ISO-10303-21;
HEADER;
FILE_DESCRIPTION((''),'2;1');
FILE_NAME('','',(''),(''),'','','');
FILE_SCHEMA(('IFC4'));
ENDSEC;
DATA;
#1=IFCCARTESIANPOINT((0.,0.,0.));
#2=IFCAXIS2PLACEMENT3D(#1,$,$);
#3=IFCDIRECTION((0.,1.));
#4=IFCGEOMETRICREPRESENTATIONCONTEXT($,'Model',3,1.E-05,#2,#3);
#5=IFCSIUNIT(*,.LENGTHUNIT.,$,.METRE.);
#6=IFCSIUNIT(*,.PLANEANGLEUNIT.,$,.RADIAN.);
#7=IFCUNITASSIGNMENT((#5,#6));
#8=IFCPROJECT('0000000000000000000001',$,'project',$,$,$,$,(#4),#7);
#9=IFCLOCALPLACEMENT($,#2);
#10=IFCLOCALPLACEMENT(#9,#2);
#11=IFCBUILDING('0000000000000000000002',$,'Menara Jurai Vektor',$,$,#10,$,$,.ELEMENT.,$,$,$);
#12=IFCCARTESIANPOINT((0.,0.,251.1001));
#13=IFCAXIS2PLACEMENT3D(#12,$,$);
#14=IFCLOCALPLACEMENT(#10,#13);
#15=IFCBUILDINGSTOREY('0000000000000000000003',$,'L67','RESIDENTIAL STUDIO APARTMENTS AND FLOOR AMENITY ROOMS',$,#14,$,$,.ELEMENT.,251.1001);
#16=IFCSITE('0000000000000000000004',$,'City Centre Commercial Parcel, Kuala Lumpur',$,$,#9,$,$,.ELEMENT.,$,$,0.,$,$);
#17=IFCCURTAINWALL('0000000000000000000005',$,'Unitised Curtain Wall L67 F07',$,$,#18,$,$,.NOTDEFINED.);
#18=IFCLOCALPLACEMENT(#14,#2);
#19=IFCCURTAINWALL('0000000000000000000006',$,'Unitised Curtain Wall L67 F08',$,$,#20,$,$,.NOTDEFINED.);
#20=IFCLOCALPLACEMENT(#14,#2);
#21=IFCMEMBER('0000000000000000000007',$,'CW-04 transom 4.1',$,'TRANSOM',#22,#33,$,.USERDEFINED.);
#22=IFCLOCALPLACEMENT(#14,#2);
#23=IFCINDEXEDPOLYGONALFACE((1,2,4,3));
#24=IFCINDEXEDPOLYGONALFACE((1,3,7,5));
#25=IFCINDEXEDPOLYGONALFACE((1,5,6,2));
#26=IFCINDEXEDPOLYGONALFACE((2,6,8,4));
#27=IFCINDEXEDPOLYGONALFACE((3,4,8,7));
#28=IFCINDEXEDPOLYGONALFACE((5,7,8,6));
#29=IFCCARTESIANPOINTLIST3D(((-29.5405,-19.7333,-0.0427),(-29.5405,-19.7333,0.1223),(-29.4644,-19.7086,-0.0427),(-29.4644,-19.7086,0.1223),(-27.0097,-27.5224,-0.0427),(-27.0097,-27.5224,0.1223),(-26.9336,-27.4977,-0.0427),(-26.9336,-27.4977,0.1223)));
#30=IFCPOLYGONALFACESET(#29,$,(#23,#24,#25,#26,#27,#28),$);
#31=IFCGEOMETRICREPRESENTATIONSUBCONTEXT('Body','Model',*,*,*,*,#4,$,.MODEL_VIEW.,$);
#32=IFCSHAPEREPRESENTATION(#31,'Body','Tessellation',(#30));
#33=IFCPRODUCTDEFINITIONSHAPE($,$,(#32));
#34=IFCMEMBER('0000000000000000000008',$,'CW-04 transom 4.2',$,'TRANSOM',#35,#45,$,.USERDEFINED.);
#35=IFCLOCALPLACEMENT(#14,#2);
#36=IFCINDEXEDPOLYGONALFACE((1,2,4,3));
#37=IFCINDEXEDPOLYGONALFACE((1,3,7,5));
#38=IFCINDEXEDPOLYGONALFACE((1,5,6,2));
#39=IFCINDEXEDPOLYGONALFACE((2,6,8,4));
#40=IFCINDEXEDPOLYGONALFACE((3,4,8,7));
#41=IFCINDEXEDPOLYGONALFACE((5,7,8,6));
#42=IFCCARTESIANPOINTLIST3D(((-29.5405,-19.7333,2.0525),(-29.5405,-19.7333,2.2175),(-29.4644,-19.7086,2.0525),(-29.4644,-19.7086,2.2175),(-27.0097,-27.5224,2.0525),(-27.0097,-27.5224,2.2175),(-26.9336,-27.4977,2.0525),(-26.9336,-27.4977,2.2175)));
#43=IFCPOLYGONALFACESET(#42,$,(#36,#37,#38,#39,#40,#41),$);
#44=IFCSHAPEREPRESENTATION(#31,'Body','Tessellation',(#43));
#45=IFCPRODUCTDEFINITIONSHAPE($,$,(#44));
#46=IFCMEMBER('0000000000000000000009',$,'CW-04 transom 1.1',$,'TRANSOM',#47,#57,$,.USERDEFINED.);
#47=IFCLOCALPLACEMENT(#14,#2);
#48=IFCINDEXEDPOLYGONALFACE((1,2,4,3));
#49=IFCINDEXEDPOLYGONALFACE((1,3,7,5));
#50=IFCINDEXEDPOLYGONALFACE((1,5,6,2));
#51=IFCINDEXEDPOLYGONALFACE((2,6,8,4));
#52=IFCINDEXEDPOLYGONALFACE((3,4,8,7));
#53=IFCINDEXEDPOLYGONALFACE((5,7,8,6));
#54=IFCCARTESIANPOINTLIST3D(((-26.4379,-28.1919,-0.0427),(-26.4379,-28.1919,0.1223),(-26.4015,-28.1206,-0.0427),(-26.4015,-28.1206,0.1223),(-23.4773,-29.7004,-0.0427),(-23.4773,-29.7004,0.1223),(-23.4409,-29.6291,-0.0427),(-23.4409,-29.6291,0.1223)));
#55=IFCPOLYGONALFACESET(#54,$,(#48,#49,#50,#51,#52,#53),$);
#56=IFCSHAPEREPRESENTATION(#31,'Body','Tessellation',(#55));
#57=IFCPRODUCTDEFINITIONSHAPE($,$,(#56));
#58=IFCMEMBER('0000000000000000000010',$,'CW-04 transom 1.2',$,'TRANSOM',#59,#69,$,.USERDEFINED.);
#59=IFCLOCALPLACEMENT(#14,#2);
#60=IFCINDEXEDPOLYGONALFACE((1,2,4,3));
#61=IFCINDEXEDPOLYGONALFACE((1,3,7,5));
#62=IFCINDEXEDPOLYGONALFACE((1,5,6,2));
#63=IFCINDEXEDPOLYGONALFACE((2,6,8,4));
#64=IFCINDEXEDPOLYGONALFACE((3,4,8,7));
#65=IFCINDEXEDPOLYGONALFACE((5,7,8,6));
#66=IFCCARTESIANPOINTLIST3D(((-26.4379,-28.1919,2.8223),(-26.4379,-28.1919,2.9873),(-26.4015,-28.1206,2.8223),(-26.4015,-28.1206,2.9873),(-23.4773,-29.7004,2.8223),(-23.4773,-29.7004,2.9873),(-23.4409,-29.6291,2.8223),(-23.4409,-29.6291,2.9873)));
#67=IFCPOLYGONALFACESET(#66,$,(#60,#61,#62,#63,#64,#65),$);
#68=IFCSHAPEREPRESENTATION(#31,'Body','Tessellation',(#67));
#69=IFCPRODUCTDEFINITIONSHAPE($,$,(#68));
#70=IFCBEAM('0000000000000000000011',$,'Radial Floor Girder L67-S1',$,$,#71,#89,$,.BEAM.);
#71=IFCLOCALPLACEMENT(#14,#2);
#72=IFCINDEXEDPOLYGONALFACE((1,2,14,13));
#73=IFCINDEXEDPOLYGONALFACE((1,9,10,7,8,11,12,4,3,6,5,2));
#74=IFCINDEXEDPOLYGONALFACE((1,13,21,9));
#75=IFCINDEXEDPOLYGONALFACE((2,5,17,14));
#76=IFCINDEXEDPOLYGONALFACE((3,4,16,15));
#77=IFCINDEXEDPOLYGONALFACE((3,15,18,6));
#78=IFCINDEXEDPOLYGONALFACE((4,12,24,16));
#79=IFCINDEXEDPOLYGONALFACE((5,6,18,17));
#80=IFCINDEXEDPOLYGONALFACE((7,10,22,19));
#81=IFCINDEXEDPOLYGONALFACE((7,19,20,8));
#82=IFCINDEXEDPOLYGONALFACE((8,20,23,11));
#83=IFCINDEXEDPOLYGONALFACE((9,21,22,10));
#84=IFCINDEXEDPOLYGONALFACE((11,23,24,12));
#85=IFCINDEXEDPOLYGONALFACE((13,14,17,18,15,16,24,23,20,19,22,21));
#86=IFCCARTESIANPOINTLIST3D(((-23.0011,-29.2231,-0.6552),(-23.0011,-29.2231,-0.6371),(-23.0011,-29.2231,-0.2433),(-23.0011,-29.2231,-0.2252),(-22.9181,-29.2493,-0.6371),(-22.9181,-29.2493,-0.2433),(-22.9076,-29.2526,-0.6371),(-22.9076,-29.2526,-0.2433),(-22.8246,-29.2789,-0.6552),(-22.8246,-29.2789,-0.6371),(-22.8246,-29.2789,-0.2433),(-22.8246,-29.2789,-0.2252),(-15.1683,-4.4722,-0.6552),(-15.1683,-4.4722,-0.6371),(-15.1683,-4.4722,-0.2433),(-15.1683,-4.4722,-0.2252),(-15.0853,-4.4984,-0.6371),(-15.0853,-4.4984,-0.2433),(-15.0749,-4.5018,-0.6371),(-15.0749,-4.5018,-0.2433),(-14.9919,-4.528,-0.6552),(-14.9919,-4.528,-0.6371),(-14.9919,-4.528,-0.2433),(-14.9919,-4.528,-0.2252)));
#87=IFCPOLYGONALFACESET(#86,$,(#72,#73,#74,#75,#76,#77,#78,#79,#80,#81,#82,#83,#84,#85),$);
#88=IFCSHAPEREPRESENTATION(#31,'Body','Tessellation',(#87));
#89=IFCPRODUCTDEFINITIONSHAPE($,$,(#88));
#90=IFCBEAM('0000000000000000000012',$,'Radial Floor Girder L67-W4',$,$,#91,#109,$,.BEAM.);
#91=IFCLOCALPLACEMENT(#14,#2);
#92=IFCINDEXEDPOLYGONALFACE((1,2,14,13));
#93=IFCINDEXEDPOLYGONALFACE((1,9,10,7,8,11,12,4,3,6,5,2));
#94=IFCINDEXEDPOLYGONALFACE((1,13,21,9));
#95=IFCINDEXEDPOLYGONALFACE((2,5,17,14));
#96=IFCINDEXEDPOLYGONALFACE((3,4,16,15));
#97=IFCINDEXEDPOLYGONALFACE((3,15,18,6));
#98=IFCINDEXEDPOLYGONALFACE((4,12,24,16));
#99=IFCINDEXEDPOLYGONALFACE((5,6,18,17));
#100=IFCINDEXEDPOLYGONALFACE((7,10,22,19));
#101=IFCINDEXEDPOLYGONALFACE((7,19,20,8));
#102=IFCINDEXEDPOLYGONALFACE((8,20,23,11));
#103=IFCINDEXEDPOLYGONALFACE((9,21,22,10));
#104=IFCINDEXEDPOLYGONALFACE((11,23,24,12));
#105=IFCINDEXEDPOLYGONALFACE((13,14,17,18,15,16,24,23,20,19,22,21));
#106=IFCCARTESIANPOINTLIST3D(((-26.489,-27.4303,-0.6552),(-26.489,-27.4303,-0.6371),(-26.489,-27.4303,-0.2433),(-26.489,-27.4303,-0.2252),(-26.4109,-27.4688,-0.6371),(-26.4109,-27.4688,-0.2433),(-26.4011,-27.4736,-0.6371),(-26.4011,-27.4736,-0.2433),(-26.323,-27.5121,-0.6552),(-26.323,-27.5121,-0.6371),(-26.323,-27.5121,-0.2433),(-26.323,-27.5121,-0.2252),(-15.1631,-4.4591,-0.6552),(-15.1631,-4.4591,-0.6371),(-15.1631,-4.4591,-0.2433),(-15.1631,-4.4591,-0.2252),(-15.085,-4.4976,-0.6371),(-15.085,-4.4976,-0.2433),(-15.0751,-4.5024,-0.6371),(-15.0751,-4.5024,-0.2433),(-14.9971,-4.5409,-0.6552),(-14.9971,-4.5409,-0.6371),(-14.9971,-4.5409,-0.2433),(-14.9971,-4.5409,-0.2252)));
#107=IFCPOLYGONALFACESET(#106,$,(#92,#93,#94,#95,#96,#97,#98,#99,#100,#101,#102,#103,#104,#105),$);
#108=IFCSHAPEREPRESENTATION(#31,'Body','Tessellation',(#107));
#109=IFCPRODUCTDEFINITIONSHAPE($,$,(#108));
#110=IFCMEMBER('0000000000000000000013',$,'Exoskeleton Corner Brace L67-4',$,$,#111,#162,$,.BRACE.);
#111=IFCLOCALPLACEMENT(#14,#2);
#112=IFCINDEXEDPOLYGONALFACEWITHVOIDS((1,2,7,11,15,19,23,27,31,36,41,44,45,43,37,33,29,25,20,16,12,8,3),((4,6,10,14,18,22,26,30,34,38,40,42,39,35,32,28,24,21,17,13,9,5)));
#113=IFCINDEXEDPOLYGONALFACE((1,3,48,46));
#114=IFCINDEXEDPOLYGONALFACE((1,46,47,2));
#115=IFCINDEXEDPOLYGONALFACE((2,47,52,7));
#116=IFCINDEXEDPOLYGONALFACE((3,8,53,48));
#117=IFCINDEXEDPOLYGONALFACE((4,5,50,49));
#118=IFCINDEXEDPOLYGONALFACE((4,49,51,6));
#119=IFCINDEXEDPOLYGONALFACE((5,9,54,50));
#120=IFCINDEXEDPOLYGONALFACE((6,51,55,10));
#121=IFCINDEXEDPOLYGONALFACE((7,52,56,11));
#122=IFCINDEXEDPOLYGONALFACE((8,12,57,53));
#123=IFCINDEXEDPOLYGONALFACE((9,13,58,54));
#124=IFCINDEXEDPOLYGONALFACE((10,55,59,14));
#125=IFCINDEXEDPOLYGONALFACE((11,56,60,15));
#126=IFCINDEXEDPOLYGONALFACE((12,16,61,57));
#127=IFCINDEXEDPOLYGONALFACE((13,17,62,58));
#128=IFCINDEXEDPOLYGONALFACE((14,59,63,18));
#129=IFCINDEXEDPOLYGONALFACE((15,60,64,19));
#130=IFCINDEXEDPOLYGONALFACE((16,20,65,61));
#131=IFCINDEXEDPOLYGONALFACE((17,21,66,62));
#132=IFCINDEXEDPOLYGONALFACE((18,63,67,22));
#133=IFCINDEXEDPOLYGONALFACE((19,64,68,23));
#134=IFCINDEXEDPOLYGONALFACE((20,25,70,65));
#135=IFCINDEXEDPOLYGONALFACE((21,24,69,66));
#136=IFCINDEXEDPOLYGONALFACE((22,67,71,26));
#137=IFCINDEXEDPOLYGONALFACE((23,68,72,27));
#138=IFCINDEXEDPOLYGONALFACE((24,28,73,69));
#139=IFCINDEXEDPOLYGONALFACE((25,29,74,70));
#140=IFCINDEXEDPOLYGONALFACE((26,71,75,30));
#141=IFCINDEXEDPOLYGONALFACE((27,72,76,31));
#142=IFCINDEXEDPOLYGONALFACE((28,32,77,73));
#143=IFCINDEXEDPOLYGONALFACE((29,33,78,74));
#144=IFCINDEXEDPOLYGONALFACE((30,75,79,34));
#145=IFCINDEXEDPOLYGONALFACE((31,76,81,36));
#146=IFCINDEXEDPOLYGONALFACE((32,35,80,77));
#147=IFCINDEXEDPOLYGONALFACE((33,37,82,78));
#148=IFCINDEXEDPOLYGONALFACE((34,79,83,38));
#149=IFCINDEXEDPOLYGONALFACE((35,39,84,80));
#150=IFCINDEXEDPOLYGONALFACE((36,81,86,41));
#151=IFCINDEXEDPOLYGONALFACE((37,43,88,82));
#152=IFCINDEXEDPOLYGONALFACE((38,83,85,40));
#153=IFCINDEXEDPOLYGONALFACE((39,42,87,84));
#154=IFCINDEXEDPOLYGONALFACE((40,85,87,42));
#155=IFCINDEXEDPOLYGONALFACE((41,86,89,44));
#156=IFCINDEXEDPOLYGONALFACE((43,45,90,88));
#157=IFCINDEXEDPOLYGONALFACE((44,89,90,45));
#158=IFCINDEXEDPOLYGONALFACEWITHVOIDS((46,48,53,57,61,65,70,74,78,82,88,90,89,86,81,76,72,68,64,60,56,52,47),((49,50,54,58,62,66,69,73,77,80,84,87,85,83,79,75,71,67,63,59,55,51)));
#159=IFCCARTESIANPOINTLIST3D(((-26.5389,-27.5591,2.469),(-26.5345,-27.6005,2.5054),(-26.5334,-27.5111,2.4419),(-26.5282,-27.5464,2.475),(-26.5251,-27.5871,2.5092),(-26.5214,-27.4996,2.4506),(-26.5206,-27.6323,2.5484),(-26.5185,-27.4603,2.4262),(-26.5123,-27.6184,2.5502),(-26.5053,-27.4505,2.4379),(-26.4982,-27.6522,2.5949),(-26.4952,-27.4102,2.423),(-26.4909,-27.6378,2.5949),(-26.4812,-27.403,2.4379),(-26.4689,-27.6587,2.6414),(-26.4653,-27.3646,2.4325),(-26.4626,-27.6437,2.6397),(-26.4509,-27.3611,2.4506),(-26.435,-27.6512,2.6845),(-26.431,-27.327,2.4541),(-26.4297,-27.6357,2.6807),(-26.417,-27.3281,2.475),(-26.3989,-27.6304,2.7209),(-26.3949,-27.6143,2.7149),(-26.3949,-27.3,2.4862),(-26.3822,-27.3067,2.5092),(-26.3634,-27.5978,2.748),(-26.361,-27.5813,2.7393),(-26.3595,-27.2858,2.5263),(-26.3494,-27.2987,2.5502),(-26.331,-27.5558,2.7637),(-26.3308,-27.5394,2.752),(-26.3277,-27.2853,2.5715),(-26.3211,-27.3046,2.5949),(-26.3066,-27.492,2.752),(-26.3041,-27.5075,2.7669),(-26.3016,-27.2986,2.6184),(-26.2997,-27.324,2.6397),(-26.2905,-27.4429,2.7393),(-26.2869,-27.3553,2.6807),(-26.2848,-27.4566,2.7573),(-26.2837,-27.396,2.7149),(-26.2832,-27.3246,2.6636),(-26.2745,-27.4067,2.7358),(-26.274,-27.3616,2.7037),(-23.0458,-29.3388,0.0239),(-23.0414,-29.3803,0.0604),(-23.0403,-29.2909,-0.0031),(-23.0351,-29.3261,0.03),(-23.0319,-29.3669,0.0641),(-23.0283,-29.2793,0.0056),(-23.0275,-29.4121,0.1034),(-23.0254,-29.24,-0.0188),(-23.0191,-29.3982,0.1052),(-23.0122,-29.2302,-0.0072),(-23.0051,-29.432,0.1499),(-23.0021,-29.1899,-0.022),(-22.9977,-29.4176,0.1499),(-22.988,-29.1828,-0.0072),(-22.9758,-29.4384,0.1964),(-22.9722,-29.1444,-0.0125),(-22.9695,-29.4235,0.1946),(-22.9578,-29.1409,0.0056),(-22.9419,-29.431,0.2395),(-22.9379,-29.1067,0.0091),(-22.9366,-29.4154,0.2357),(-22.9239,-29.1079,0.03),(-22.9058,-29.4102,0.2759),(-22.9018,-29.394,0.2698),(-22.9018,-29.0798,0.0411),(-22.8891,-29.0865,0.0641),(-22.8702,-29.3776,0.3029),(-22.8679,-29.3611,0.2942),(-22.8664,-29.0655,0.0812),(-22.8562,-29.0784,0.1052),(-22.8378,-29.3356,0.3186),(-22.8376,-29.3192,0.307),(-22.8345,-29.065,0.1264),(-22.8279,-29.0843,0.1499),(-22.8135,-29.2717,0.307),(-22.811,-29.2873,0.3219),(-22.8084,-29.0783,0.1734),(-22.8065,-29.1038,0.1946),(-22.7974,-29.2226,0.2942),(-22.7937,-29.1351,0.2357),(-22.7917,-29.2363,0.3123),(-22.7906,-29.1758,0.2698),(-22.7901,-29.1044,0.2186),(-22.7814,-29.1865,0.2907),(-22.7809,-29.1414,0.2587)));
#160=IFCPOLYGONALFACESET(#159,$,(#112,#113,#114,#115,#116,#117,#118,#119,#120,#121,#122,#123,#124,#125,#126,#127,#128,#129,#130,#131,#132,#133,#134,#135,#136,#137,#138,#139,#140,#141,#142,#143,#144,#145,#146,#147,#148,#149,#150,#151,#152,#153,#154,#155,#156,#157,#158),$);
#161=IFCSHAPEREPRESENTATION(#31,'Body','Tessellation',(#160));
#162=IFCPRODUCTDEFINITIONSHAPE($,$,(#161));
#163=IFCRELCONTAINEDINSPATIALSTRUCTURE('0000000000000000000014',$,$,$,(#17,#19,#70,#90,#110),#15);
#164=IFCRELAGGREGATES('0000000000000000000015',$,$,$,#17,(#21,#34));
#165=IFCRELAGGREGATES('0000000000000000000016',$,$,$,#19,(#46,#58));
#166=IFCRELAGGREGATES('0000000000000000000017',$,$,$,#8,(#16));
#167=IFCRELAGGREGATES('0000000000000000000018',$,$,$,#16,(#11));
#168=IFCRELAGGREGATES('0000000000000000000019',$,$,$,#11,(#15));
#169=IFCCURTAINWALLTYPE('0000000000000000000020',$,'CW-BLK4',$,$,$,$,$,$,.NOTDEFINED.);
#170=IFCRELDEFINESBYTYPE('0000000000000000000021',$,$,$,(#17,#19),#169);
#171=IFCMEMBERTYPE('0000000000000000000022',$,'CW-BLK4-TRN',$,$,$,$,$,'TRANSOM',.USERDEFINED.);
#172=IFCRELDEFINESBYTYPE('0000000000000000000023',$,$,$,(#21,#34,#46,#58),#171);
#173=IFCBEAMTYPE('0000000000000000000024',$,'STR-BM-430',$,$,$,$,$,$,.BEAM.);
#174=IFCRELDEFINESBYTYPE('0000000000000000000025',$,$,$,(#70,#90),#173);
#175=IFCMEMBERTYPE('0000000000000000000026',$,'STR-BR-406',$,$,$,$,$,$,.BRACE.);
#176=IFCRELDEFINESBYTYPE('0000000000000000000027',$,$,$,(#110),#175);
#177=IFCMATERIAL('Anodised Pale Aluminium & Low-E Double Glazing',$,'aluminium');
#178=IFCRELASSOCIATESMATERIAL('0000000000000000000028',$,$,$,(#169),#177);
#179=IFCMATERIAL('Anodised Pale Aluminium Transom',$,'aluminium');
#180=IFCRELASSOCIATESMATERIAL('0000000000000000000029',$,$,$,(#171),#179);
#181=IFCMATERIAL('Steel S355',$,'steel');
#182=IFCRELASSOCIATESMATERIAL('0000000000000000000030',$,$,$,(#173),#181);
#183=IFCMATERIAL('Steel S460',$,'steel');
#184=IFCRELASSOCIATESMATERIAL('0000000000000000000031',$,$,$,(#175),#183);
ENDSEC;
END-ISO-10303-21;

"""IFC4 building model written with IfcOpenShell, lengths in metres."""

from ifc_helpers import new_model, si_unit, direction, frame, origin, origin_2d, place, context, subcontext, project, spatial, rectangle, hollow_circle, i_section, extrude, material, material_profile, profile_set, type_object, element, aggregate, save


model = new_model("IFC4")

# Units and contexts
model_context = context("Model", 3, precision=1e-05, world=origin(), true_north=direction((0.0, 1.0)))
body_context = subcontext(model_context, "Body", "Model", "MODEL_VIEW")
ifc_project = project(units=[si_unit("LENGTHUNIT", "METRE"), si_unit("PLANEANGLEUNIT", "RADIAN")], contexts=[model_context])

# Site, building, storey
site_placement = place(None, origin())
site = spatial("IfcSite", under=ifc_project, at=site_placement, Name="City Centre Commercial Parcel, Kuala Lumpur", CompositionType="ELEMENT", RefElevation=0.0)
building_placement = place(site_placement, origin())
building = spatial("IfcBuilding", under=site, at=building_placement, Name="Menara Jurai Vektor", CompositionType="ELEMENT")
storey_placement = place(building_placement, frame((0.0, 0.0, 251.1001)))
storey = spatial("IfcBuildingStorey", under=building, at=storey_placement, Name="L67", Description="RESIDENTIAL STUDIO APARTMENTS AND FLOOR AMENITY ROOMS", CompositionType="ELEMENT", Elevation=251.1001)

# Shared definitions
ifc_material_1 = material(Name="Steel S460", Category="steel")

# Shared definitions
ifc_material_2 = material(Name="Anodised Pale Aluminium & Low-E Double Glazing", Category="aluminium")
curtain_wall_type = type_object("IfcCurtainWallType", Name="CW-BLK4", PredefinedType="NOTDEFINED", material=ifc_material_2)

# Curtain walls
curtain_wall_1_placement = place(storey_placement, origin())
curtain_wall_1 = element("IfcCurtainWall", 1, at=curtain_wall_1_placement, inside=storey, type_object=curtain_wall_type, Name="Unitised Curtain Wall L67 F07", PredefinedType="NOTDEFINED")
curtain_wall_2_placement = place(storey_placement, origin())
curtain_wall_2 = element("IfcCurtainWall", 2, at=curtain_wall_2_placement, inside=storey, type_object=curtain_wall_type, Name="Unitised Curtain Wall L67 F08", PredefinedType="NOTDEFINED")

# Members
ifc_material_3 = material(Name="Anodised Pale Aluminium Transom", Category="aluminium")
ifc_material_profile_1 = material_profile(ifc_material_3, rectangle(XDim=0.0801, YDim=0.165, at=origin_2d()), Name="ALU TRN 80x165")
ifc_profile_set_1 = profile_set([ifc_material_profile_1], Name="Anodised Pale Aluminium Transom")
member_type_1 = type_object("IfcMemberType", Name="CW-BLK4-TRN", ElementType="TRANSOM", PredefinedType="USERDEFINED", material=ifc_profile_set_1)
member_1_placement = place(storey_placement, frame((-29.5024, -19.7209, 0.0398), z_axis=(0.309011, -0.951059, 0.0), x_axis=(0.951059, 0.309011, 0.0)))
member_1 = element("IfcMember", 3, at=member_1_placement, type_object=member_type_1, Name="CW-04 transom 4.1", ObjectType="TRANSOM", PredefinedType="USERDEFINED", context=body_context, shape_type="SweptSolid", body=[
    extrude(rectangle(XDim=0.0801, YDim=0.165, at=origin_2d()), origin(), (0.0, 0.0, 1.0), 8.1899),
])
member_2_placement = place(storey_placement, frame((-29.5024, -19.7209, 2.135), z_axis=(0.309011, -0.951059, 0.0), x_axis=(0.951059, 0.309011, 0.0)))
member_2 = element("IfcMember", 4, at=member_2_placement, type_object=member_type_1, Name="CW-04 transom 4.2", ObjectType="TRANSOM", PredefinedType="USERDEFINED", context=body_context, shape_type="SweptSolid", body=[
    extrude(rectangle(XDim=0.0801, YDim=0.165, at=origin_2d()), origin(), (0.0, 0.0, 1.0), 8.1899),
])
member_3_placement = place(storey_placement, frame((-26.4197, -28.1562, 0.0398), z_axis=(0.891007, -0.45399, 0.0), x_axis=(0.45399, 0.891007, 0.0)))
member_3 = element("IfcMember", 5, at=member_3_placement, type_object=member_type_1, Name="CW-04 transom 1.1", ObjectType="TRANSOM", PredefinedType="USERDEFINED", context=body_context, shape_type="SweptSolid", body=[
    extrude(rectangle(XDim=0.0801, YDim=0.165, at=origin_2d()), origin(), (0.0, 0.0, 1.0), 3.3228),
])
member_4_placement = place(storey_placement, frame((-26.4197, -28.1562, 2.9048), z_axis=(0.891007, -0.45399, 0.0), x_axis=(0.45399, 0.891007, 0.0)))
member_4 = element("IfcMember", 6, at=member_4_placement, type_object=member_type_1, Name="CW-04 transom 1.2", ObjectType="TRANSOM", PredefinedType="USERDEFINED", context=body_context, shape_type="SweptSolid", body=[
    extrude(rectangle(XDim=0.0801, YDim=0.165, at=origin_2d()), origin(), (0.0, 0.0, 1.0), 3.3228),
])

# Beams
ifc_material_4 = material(Name="Steel S355", Category="steel")
ifc_material_profile_2 = material_profile(ifc_material_4, i_section(OverallWidth=0.1851, OverallDepth=0.4299, WebThickness=0.011, FlangeThickness=0.0181, at=origin_2d()), Name="PG 430x185x76")
ifc_profile_set_2 = profile_set([ifc_material_profile_2], Name="Steel S355")
beam_type_1 = type_object("IfcBeamType", Name="STR-BM-430", PredefinedType="BEAM", material=ifc_profile_set_2)
beam_1_placement = place(storey_placement, frame((-22.9128, -29.251, -0.4402), z_axis=(0.301715, 0.953398, 0.0), x_axis=(-0.953398, 0.301715, 0.0)))
element("IfcBeam", 7, at=beam_1_placement, inside=storey, type_object=beam_type_1, Name="Radial Floor Girder L67-S1", PredefinedType="BEAM", context=body_context, shape_type="SweptSolid", body=[
    extrude(i_section(OverallWidth=0.1851, OverallDepth=0.4299, WebThickness=0.011, FlangeThickness=0.0181, at=origin_2d()), origin(), (0.0, 0.0, 1.0), 25.9607),
])
beam_2_placement = place(storey_placement, frame((-26.406, -27.4712, -0.4402), z_axis=(0.442219, 0.896907, 0.0), x_axis=(-0.896907, 0.442219, 0.0)))
element("IfcBeam", 8, at=beam_2_placement, inside=storey, type_object=beam_type_1, Name="Radial Floor Girder L67-W4", PredefinedType="BEAM", context=body_context, shape_type="SweptSolid", body=[
    extrude(i_section(OverallWidth=0.1851, OverallDepth=0.4299, WebThickness=0.011, FlangeThickness=0.0181, at=origin_2d()), origin(), (0.0, 0.0, 1.0), 25.6116),
])

# Member
ifc_material_profile_3 = material_profile(ifc_material_1, hollow_circle(Radius=0.2031, WallThickness=0.0161, at=origin_2d()), Name="CHS 406.4x16")
ifc_profile_set_3 = profile_set([ifc_material_profile_3], Name="Steel S460")
member_type_2 = type_object("IfcMemberType", Name="STR-BR-406", PredefinedType="BRACE", material=ifc_profile_set_3)
member_5_placement = place(storey_placement, frame((-22.9128, -29.251, 0.1499), z_axis=(-0.756029, 0.385201, 0.529189), x_axis=(-0.453976, -0.891014, 0.0)))
element("IfcMember", 9, at=member_5_placement, inside=storey, type_object=member_type_2, Name="Exoskeleton Corner Brace L67-4", PredefinedType="BRACE", context=body_context, shape_type="SweptSolid", body=[
    extrude(hollow_circle(Radius=0.2031, WallThickness=0.0161, at=origin_2d()), origin(), (0.0, 0.0, 1.0), 4.6204),
])

aggregate(curtain_wall_1, [member_1, member_2])
aggregate(curtain_wall_2, [member_3, member_4])

save(model, "model.ifc")
